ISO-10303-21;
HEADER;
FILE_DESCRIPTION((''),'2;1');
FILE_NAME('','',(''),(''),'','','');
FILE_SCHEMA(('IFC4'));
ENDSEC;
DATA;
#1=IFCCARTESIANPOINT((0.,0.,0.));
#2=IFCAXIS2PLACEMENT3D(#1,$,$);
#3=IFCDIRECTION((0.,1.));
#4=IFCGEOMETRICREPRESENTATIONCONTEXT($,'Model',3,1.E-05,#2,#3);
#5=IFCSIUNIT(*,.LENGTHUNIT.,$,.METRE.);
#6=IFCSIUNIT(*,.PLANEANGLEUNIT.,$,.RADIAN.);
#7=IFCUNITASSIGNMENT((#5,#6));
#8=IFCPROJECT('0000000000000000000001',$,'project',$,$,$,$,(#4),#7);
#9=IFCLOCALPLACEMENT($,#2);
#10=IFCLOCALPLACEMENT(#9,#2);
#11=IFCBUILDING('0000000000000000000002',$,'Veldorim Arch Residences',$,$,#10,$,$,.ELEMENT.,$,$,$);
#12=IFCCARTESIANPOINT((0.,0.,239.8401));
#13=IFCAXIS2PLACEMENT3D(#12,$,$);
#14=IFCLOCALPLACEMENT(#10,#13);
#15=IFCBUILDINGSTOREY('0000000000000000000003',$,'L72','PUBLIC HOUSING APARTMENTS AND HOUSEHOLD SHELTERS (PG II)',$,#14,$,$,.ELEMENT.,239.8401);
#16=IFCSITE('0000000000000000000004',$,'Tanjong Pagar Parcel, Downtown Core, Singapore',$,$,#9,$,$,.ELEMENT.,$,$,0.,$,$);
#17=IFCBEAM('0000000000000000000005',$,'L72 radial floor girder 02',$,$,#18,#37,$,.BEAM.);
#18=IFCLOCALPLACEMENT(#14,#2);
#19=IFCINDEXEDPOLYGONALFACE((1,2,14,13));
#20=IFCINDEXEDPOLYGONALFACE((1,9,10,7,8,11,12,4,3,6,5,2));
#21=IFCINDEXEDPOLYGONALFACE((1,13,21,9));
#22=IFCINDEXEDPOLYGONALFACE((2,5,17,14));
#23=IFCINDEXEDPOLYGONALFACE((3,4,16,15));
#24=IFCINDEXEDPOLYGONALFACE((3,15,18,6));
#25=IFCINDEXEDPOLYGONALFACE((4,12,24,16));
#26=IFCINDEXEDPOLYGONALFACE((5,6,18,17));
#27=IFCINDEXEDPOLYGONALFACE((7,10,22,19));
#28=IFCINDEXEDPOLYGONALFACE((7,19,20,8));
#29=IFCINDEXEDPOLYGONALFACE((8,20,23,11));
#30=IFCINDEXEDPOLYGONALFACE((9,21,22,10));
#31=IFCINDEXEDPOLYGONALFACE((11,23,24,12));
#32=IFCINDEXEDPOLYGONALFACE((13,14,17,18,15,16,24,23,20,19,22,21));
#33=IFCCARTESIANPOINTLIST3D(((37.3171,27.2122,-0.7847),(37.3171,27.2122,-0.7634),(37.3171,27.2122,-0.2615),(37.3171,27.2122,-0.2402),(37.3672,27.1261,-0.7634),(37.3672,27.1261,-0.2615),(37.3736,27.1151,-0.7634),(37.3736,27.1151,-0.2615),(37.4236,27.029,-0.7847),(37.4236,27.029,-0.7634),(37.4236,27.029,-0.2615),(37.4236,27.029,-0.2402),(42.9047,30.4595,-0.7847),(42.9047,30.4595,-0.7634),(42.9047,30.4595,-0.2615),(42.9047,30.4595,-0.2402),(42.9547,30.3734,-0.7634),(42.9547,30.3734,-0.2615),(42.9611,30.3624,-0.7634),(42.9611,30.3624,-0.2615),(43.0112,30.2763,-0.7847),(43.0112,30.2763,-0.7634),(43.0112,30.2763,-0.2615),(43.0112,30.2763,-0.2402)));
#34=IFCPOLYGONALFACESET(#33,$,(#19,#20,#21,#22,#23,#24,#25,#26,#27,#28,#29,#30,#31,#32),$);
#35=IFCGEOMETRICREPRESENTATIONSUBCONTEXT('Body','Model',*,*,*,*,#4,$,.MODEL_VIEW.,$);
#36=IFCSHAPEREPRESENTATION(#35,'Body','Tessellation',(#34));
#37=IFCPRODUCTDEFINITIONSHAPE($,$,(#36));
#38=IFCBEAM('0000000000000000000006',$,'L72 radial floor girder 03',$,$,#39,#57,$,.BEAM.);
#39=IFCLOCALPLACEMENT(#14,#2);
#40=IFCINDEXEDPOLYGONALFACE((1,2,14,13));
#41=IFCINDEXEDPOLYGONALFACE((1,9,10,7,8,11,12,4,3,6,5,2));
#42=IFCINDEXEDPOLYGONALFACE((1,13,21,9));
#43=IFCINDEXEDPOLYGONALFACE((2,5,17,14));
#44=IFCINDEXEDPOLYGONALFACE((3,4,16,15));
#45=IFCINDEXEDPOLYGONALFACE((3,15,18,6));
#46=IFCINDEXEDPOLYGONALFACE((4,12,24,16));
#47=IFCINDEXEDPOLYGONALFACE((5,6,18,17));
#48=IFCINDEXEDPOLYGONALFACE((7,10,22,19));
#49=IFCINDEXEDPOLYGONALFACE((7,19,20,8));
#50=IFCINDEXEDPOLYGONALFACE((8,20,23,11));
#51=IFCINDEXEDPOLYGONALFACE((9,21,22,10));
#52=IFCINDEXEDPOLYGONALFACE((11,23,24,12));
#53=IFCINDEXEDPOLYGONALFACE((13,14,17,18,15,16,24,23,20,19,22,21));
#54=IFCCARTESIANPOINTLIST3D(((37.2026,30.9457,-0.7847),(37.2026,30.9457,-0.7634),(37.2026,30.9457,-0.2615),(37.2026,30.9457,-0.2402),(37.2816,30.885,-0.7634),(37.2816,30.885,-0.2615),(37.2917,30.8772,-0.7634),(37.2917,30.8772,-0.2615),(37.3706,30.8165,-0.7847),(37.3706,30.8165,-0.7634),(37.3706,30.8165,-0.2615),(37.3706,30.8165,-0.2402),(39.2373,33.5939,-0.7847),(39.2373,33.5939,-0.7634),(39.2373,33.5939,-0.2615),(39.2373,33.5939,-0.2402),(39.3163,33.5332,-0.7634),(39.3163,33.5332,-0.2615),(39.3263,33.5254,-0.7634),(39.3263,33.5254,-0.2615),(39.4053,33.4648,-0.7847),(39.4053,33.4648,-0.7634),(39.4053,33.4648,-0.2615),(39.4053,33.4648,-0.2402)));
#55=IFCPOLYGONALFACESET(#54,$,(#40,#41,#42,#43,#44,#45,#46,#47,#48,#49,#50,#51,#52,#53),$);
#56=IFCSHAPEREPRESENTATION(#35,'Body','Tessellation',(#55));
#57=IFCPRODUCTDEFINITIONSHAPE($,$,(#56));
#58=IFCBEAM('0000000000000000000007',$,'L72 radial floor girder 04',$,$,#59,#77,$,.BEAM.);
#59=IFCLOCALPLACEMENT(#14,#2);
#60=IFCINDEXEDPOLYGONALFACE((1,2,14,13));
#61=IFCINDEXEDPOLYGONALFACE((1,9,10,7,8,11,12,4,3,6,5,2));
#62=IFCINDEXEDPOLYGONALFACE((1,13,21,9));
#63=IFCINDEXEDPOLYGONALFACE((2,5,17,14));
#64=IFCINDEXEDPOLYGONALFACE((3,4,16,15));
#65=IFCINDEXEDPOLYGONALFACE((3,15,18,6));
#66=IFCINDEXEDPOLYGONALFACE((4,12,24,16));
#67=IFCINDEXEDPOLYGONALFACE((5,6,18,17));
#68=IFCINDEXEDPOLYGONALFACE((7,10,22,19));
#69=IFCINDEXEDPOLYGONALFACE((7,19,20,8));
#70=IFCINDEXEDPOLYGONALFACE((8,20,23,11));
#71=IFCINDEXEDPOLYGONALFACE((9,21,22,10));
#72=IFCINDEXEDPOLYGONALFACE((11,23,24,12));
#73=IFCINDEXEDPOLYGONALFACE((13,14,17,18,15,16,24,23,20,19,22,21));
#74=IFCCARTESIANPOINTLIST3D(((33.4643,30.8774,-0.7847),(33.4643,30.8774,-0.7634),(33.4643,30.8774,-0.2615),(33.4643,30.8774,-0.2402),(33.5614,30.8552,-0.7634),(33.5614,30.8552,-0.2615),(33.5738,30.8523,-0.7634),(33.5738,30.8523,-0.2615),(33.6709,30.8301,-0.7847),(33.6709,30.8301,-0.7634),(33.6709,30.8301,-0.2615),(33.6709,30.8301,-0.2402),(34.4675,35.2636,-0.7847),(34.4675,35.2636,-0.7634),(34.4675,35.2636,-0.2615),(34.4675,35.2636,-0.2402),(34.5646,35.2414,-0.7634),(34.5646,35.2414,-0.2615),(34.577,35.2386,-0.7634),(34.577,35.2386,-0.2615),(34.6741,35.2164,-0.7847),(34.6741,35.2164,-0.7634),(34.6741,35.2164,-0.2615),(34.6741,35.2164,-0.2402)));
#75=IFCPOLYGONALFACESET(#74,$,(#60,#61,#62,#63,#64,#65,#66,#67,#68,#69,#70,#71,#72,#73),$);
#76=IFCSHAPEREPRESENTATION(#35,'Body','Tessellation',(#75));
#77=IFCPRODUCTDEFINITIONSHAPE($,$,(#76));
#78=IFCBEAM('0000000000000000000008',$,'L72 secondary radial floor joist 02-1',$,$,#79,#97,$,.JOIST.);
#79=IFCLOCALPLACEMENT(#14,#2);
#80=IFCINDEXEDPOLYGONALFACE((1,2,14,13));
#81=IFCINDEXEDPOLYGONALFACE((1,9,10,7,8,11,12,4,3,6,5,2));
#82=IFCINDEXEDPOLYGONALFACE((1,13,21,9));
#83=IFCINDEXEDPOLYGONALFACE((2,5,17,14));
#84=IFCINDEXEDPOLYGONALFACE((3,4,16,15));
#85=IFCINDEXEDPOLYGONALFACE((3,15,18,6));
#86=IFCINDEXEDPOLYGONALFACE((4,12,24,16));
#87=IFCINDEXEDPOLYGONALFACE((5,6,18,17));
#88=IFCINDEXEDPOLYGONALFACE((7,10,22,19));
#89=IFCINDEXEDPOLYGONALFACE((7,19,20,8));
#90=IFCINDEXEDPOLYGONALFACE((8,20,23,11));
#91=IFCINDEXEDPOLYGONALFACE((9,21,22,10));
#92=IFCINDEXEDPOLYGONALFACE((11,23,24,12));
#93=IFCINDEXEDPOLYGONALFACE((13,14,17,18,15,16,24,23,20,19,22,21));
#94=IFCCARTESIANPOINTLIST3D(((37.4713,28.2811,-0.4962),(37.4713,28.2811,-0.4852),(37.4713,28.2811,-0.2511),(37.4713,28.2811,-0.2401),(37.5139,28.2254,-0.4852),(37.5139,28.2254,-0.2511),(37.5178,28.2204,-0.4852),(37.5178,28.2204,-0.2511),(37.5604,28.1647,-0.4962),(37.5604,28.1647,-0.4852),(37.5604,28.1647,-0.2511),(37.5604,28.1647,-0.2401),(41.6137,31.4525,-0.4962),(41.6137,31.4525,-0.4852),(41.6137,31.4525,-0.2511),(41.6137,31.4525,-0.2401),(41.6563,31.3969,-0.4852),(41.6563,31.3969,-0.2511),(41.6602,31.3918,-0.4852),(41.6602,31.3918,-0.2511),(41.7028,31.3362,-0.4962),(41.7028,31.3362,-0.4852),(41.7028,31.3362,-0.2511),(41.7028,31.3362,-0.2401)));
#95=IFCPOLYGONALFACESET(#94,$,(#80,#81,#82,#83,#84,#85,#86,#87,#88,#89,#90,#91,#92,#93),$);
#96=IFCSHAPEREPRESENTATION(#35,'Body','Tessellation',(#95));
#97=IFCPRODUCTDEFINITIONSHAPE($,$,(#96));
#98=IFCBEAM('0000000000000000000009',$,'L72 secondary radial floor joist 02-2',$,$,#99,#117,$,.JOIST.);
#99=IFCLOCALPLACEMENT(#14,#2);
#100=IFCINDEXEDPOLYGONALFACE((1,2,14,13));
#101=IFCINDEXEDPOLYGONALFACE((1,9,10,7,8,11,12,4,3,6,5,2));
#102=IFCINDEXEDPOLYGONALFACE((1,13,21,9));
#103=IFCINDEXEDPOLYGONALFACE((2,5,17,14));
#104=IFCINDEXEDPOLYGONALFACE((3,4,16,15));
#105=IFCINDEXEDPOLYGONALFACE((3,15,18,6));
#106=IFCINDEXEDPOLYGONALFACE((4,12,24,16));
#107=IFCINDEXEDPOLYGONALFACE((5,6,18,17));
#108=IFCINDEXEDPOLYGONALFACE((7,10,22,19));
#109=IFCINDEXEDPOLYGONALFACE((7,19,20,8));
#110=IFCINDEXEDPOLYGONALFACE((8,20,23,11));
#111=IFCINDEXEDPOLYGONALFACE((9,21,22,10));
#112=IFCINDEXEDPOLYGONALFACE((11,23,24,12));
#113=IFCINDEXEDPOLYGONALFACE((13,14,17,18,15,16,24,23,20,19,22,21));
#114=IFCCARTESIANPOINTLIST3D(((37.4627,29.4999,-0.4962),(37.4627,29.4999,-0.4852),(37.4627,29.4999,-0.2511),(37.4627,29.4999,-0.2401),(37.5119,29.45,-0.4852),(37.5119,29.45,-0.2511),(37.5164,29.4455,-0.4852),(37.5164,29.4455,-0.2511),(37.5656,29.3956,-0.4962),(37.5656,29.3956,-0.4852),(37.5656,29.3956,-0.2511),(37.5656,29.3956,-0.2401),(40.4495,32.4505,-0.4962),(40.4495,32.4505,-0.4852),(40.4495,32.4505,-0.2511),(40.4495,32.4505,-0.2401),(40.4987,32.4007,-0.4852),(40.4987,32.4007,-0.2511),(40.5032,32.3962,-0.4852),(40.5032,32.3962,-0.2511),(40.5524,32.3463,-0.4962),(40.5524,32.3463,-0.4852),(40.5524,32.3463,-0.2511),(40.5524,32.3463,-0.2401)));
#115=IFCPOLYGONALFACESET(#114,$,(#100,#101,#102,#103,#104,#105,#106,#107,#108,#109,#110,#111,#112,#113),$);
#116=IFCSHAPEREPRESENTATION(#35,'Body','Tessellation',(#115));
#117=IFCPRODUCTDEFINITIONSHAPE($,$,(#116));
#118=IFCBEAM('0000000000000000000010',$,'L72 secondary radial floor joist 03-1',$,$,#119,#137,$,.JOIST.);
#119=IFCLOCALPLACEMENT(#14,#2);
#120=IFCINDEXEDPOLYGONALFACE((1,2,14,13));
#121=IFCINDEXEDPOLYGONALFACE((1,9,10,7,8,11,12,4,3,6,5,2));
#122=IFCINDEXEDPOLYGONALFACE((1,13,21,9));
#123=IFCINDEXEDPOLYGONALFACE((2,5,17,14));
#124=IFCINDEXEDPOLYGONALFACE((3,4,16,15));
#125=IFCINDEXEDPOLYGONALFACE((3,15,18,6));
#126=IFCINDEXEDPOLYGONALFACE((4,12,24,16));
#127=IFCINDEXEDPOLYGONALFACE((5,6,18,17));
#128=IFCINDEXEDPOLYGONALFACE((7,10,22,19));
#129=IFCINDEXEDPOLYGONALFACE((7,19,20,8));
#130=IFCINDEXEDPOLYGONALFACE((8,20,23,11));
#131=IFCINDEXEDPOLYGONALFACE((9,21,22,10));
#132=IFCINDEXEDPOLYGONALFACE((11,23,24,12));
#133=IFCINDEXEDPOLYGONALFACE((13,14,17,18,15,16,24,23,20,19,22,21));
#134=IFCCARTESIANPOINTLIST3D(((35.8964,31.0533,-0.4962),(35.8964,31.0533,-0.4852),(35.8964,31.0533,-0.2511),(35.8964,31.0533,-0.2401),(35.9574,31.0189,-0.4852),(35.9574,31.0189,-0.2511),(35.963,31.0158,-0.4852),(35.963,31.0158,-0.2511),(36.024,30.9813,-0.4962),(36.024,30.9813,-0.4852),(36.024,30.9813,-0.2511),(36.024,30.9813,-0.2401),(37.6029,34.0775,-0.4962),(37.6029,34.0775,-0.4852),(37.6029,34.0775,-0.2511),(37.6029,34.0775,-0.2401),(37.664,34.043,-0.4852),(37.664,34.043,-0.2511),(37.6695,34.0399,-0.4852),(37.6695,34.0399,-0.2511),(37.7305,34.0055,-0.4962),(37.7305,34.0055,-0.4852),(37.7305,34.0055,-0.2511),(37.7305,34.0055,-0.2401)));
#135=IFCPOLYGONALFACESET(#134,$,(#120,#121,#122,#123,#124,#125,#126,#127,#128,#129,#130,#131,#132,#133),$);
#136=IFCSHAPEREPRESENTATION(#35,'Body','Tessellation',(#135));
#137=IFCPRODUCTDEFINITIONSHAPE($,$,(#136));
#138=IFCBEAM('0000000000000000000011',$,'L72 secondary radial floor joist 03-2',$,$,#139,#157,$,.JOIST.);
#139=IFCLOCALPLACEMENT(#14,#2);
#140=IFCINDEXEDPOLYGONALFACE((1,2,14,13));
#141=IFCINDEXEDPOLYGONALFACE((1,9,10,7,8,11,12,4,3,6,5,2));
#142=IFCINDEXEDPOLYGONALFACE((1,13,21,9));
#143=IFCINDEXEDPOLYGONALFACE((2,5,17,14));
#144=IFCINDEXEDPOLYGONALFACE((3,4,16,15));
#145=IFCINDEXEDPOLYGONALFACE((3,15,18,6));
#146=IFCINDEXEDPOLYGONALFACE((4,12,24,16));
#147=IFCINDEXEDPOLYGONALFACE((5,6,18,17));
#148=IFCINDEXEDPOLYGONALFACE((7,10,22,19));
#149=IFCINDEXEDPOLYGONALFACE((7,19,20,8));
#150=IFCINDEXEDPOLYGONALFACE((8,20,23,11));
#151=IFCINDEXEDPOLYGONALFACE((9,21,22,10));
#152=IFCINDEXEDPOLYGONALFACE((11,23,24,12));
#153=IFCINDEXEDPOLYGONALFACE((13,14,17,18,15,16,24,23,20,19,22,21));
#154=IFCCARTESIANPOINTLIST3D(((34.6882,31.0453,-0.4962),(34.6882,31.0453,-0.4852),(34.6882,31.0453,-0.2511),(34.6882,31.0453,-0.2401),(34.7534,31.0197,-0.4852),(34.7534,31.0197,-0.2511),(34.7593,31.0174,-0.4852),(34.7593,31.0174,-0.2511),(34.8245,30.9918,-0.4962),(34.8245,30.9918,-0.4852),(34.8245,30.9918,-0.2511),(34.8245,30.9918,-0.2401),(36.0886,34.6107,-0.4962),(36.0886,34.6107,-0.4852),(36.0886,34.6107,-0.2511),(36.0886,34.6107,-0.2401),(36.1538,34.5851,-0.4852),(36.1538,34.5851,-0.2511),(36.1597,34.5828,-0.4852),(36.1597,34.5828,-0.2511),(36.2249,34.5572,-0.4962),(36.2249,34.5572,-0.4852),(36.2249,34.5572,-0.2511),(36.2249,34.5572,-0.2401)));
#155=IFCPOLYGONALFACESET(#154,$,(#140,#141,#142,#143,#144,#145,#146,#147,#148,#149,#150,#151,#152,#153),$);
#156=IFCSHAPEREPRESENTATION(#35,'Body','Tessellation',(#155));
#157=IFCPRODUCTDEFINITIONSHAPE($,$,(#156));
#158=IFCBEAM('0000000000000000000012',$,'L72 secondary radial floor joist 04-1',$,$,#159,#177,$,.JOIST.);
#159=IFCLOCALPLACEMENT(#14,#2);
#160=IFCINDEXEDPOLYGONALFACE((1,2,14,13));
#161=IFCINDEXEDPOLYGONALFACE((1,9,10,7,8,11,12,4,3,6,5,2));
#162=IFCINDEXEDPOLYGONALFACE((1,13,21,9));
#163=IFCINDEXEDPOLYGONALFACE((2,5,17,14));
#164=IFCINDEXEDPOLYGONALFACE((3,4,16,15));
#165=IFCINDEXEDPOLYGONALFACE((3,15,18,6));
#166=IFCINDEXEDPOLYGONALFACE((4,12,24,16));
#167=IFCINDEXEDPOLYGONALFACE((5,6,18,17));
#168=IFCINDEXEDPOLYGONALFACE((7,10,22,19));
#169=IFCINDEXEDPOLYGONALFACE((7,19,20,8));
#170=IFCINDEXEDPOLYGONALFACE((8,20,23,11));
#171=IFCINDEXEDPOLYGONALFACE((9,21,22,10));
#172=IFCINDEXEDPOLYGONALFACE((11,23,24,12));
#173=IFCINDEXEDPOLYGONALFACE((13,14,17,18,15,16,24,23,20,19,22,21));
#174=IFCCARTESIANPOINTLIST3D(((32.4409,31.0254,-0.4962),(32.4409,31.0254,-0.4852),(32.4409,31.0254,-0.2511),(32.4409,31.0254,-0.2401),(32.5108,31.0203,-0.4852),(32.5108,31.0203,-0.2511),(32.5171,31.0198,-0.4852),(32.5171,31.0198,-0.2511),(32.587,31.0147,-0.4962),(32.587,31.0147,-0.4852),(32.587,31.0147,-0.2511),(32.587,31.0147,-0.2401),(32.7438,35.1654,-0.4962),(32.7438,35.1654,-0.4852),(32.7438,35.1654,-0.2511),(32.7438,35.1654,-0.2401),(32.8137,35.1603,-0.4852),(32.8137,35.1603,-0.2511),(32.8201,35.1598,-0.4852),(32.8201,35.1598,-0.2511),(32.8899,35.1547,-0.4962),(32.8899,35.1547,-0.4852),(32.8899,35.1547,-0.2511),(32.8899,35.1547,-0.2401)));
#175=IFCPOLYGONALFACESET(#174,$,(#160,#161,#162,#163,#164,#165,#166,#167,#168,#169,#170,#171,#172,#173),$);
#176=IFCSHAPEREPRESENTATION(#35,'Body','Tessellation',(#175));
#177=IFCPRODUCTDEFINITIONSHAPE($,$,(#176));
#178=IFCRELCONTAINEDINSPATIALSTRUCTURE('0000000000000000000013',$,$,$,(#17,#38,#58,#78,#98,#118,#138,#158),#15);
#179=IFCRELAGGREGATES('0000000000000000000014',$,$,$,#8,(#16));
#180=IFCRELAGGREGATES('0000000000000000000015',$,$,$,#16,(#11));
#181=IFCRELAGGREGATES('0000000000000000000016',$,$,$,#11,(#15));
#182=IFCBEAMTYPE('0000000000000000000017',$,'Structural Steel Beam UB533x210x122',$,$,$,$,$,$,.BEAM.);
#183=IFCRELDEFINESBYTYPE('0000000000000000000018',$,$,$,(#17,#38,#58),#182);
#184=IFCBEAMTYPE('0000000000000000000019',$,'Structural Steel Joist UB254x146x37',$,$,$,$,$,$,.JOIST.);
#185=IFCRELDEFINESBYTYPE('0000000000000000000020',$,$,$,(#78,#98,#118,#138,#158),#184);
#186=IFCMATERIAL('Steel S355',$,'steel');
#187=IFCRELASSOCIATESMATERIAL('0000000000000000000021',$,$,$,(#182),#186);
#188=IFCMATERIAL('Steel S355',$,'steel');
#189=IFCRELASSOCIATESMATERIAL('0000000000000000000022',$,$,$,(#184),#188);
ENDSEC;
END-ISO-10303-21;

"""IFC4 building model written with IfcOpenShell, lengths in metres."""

from ifc_helpers import new_model, si_unit, direction, frame, origin, origin_2d, place, context, subcontext, project, spatial, i_section, extrude, material, material_profile, profile_set, type_object, element, save


model = new_model("IFC4")

# Units and contexts
model_context = context("Model", 3, precision=1e-05, world=origin(), true_north=direction((0.0, 1.0)))
body_context = subcontext(model_context, "Body", "Model", "MODEL_VIEW")
ifc_project = project(units=[si_unit("LENGTHUNIT", "METRE"), si_unit("PLANEANGLEUNIT", "RADIAN")], contexts=[model_context])

# Site, building, storey
site_placement = place(None, origin())
site = spatial("IfcSite", under=ifc_project, at=site_placement, Name="Tanjong Pagar Parcel, Downtown Core, Singapore", CompositionType="ELEMENT", RefElevation=0.0)
building_placement = place(site_placement, origin())
building = spatial("IfcBuilding", under=site, at=building_placement, Name="Veldorim Arch Residences", CompositionType="ELEMENT")
storey_placement = place(building_placement, frame((0.0, 0.0, 239.8401)))
storey = spatial("IfcBuildingStorey", under=building, at=storey_placement, Name="L72", Description="PUBLIC HOUSING APARTMENTS AND HOUSEHOLD SHELTERS (PG II)", CompositionType="ELEMENT", Elevation=239.8401)

# Beams
ifc_material_1 = material(Name="Steel S355", Category="steel")
ifc_material_profile_1 = material_profile(ifc_material_1, i_section(OverallWidth=0.2119, OverallDepth=0.5444, WebThickness=0.0127, FlangeThickness=0.0212, at=origin_2d()), Name="UB533x210x122")
ifc_profile_set_1 = profile_set([ifc_material_profile_1], Name="Steel S355")
beam_type_1 = type_object("IfcBeamType", Name="Structural Steel Beam UB533x210x122", PredefinedType="BEAM", material=ifc_profile_set_1)
beam_1_placement = place(storey_placement, frame((37.3704, 27.1206, -0.5125), z_axis=(0.864596, 0.502468, 0.0), x_axis=(-0.502468, 0.864596, 0.0)))
element("IfcBeam", 1, at=beam_1_placement, inside=storey, type_object=beam_type_1, Name="L72 radial floor girder 02", PredefinedType="BEAM", context=body_context, shape_type="SweptSolid", body=[
    extrude(i_section(OverallWidth=0.2119, OverallDepth=0.5444, WebThickness=0.0127, FlangeThickness=0.0212, at=origin_2d()), origin(), (0.0, 0.0, 1.0), 6.4626),
])
beam_2_placement = place(storey_placement, frame((37.2866, 30.8811, -0.5125), z_axis=(0.609258, 0.792972, 0.0), x_axis=(-0.792972, 0.609258, 0.0)))
element("IfcBeam", 2, at=beam_2_placement, inside=storey, type_object=beam_type_1, Name="L72 radial floor girder 03", PredefinedType="BEAM", context=body_context, shape_type="SweptSolid", body=[
    extrude(i_section(OverallWidth=0.2119, OverallDepth=0.5444, WebThickness=0.0127, FlangeThickness=0.0212, at=origin_2d()), origin(), (0.0, 0.0, 1.0), 3.3396),
])
beam_3_placement = place(storey_placement, frame((33.5676, 30.8538, -0.5125), z_axis=(0.222953, 0.974829, 0.0), x_axis=(-0.974829, 0.222953, 0.0)))
element("IfcBeam", 3, at=beam_3_placement, inside=storey, type_object=beam_type_1, Name="L72 radial floor girder 04", PredefinedType="BEAM", context=body_context, shape_type="SweptSolid", body=[
    extrude(i_section(OverallWidth=0.2119, OverallDepth=0.5444, WebThickness=0.0127, FlangeThickness=0.0212, at=origin_2d()), origin(), (0.0, 0.0, 1.0), 4.4995),
])
ifc_material_2 = material(Name="Steel S355", Category="steel")
ifc_material_profile_2 = material_profile(ifc_material_2, i_section(OverallWidth=0.1465, OverallDepth=0.2561, WebThickness=0.0063, FlangeThickness=0.011, at=origin_2d()), Name="UB254x146x37")
ifc_profile_set_2 = profile_set([ifc_material_profile_2], Name="Steel S355")
beam_type_2 = type_object("IfcBeamType", Name="Structural Steel Joist UB254x146x37", PredefinedType="JOIST", material=ifc_profile_set_2)
beam_4_placement = place(storey_placement, frame((37.5159, 28.2229, -0.3682), z_axis=(0.794014, 0.6079, 0.0), x_axis=(-0.6079, 0.794014, 0.0)))
element("IfcBeam", 4, at=beam_4_placement, inside=storey, type_object=beam_type_2, Name="L72 secondary radial floor joist 02-1", PredefinedType="JOIST", context=body_context, shape_type="SweptSolid", body=[
    extrude(i_section(OverallWidth=0.1465, OverallDepth=0.2561, WebThickness=0.0063, FlangeThickness=0.011, at=origin_2d()), origin(), (0.0, 0.0, 1.0), 5.217),
])
beam_5_placement = place(storey_placement, frame((37.5142, 29.4478, -0.3682), z_axis=(0.711397, 0.702791, 0.0), x_axis=(-0.702791, 0.711397, 0.0)))
element("IfcBeam", 5, at=beam_5_placement, inside=storey, type_object=beam_type_2, Name="L72 secondary radial floor joist 02-2", PredefinedType="JOIST", context=body_context, shape_type="SweptSolid", body=[
    extrude(i_section(OverallWidth=0.1465, OverallDepth=0.2561, WebThickness=0.0063, FlangeThickness=0.011, at=origin_2d()), origin(), (0.0, 0.0, 1.0), 4.1985),
])
beam_6_placement = place(storey_placement, frame((35.9602, 31.0173, -0.3682), z_axis=(0.491452, 0.870904, 0.0), x_axis=(-0.870904, 0.491452, 0.0)))
element("IfcBeam", 6, at=beam_6_placement, inside=storey, type_object=beam_type_2, Name="L72 secondary radial floor joist 03-1", PredefinedType="JOIST", context=body_context, shape_type="SweptSolid", body=[
    extrude(i_section(OverallWidth=0.1465, OverallDepth=0.2561, WebThickness=0.0063, FlangeThickness=0.011, at=origin_2d()), origin(), (0.0, 0.0, 1.0), 3.4724),
])
beam_7_placement = place(storey_placement, frame((34.7563, 31.0186, -0.3682), z_axis=(0.365581, 0.930779, 0.0), x_axis=(-0.930779, 0.365581, 0.0)))
element("IfcBeam", 7, at=beam_7_placement, inside=storey, type_object=beam_type_2, Name="L72 secondary radial floor joist 03-2", PredefinedType="JOIST", context=body_context, shape_type="SweptSolid", body=[
    extrude(i_section(OverallWidth=0.1465, OverallDepth=0.2561, WebThickness=0.0063, FlangeThickness=0.011, at=origin_2d()), origin(), (0.0, 0.0, 1.0), 3.8306),
])
beam_8_placement = place(storey_placement, frame((32.5139, 31.02, -0.3682), z_axis=(0.072986, 0.997333, 0.0), x_axis=(-0.997333, 0.072986, 0.0)))
element("IfcBeam", 8, at=beam_8_placement, inside=storey, type_object=beam_type_2, Name="L72 secondary radial floor joist 04-1", PredefinedType="JOIST", context=body_context, shape_type="SweptSolid", body=[
    extrude(i_section(OverallWidth=0.1465, OverallDepth=0.2561, WebThickness=0.0063, FlangeThickness=0.011, at=origin_2d()), origin(), (0.0, 0.0, 1.0), 4.1511),
])

save(model, "model.ifc")
